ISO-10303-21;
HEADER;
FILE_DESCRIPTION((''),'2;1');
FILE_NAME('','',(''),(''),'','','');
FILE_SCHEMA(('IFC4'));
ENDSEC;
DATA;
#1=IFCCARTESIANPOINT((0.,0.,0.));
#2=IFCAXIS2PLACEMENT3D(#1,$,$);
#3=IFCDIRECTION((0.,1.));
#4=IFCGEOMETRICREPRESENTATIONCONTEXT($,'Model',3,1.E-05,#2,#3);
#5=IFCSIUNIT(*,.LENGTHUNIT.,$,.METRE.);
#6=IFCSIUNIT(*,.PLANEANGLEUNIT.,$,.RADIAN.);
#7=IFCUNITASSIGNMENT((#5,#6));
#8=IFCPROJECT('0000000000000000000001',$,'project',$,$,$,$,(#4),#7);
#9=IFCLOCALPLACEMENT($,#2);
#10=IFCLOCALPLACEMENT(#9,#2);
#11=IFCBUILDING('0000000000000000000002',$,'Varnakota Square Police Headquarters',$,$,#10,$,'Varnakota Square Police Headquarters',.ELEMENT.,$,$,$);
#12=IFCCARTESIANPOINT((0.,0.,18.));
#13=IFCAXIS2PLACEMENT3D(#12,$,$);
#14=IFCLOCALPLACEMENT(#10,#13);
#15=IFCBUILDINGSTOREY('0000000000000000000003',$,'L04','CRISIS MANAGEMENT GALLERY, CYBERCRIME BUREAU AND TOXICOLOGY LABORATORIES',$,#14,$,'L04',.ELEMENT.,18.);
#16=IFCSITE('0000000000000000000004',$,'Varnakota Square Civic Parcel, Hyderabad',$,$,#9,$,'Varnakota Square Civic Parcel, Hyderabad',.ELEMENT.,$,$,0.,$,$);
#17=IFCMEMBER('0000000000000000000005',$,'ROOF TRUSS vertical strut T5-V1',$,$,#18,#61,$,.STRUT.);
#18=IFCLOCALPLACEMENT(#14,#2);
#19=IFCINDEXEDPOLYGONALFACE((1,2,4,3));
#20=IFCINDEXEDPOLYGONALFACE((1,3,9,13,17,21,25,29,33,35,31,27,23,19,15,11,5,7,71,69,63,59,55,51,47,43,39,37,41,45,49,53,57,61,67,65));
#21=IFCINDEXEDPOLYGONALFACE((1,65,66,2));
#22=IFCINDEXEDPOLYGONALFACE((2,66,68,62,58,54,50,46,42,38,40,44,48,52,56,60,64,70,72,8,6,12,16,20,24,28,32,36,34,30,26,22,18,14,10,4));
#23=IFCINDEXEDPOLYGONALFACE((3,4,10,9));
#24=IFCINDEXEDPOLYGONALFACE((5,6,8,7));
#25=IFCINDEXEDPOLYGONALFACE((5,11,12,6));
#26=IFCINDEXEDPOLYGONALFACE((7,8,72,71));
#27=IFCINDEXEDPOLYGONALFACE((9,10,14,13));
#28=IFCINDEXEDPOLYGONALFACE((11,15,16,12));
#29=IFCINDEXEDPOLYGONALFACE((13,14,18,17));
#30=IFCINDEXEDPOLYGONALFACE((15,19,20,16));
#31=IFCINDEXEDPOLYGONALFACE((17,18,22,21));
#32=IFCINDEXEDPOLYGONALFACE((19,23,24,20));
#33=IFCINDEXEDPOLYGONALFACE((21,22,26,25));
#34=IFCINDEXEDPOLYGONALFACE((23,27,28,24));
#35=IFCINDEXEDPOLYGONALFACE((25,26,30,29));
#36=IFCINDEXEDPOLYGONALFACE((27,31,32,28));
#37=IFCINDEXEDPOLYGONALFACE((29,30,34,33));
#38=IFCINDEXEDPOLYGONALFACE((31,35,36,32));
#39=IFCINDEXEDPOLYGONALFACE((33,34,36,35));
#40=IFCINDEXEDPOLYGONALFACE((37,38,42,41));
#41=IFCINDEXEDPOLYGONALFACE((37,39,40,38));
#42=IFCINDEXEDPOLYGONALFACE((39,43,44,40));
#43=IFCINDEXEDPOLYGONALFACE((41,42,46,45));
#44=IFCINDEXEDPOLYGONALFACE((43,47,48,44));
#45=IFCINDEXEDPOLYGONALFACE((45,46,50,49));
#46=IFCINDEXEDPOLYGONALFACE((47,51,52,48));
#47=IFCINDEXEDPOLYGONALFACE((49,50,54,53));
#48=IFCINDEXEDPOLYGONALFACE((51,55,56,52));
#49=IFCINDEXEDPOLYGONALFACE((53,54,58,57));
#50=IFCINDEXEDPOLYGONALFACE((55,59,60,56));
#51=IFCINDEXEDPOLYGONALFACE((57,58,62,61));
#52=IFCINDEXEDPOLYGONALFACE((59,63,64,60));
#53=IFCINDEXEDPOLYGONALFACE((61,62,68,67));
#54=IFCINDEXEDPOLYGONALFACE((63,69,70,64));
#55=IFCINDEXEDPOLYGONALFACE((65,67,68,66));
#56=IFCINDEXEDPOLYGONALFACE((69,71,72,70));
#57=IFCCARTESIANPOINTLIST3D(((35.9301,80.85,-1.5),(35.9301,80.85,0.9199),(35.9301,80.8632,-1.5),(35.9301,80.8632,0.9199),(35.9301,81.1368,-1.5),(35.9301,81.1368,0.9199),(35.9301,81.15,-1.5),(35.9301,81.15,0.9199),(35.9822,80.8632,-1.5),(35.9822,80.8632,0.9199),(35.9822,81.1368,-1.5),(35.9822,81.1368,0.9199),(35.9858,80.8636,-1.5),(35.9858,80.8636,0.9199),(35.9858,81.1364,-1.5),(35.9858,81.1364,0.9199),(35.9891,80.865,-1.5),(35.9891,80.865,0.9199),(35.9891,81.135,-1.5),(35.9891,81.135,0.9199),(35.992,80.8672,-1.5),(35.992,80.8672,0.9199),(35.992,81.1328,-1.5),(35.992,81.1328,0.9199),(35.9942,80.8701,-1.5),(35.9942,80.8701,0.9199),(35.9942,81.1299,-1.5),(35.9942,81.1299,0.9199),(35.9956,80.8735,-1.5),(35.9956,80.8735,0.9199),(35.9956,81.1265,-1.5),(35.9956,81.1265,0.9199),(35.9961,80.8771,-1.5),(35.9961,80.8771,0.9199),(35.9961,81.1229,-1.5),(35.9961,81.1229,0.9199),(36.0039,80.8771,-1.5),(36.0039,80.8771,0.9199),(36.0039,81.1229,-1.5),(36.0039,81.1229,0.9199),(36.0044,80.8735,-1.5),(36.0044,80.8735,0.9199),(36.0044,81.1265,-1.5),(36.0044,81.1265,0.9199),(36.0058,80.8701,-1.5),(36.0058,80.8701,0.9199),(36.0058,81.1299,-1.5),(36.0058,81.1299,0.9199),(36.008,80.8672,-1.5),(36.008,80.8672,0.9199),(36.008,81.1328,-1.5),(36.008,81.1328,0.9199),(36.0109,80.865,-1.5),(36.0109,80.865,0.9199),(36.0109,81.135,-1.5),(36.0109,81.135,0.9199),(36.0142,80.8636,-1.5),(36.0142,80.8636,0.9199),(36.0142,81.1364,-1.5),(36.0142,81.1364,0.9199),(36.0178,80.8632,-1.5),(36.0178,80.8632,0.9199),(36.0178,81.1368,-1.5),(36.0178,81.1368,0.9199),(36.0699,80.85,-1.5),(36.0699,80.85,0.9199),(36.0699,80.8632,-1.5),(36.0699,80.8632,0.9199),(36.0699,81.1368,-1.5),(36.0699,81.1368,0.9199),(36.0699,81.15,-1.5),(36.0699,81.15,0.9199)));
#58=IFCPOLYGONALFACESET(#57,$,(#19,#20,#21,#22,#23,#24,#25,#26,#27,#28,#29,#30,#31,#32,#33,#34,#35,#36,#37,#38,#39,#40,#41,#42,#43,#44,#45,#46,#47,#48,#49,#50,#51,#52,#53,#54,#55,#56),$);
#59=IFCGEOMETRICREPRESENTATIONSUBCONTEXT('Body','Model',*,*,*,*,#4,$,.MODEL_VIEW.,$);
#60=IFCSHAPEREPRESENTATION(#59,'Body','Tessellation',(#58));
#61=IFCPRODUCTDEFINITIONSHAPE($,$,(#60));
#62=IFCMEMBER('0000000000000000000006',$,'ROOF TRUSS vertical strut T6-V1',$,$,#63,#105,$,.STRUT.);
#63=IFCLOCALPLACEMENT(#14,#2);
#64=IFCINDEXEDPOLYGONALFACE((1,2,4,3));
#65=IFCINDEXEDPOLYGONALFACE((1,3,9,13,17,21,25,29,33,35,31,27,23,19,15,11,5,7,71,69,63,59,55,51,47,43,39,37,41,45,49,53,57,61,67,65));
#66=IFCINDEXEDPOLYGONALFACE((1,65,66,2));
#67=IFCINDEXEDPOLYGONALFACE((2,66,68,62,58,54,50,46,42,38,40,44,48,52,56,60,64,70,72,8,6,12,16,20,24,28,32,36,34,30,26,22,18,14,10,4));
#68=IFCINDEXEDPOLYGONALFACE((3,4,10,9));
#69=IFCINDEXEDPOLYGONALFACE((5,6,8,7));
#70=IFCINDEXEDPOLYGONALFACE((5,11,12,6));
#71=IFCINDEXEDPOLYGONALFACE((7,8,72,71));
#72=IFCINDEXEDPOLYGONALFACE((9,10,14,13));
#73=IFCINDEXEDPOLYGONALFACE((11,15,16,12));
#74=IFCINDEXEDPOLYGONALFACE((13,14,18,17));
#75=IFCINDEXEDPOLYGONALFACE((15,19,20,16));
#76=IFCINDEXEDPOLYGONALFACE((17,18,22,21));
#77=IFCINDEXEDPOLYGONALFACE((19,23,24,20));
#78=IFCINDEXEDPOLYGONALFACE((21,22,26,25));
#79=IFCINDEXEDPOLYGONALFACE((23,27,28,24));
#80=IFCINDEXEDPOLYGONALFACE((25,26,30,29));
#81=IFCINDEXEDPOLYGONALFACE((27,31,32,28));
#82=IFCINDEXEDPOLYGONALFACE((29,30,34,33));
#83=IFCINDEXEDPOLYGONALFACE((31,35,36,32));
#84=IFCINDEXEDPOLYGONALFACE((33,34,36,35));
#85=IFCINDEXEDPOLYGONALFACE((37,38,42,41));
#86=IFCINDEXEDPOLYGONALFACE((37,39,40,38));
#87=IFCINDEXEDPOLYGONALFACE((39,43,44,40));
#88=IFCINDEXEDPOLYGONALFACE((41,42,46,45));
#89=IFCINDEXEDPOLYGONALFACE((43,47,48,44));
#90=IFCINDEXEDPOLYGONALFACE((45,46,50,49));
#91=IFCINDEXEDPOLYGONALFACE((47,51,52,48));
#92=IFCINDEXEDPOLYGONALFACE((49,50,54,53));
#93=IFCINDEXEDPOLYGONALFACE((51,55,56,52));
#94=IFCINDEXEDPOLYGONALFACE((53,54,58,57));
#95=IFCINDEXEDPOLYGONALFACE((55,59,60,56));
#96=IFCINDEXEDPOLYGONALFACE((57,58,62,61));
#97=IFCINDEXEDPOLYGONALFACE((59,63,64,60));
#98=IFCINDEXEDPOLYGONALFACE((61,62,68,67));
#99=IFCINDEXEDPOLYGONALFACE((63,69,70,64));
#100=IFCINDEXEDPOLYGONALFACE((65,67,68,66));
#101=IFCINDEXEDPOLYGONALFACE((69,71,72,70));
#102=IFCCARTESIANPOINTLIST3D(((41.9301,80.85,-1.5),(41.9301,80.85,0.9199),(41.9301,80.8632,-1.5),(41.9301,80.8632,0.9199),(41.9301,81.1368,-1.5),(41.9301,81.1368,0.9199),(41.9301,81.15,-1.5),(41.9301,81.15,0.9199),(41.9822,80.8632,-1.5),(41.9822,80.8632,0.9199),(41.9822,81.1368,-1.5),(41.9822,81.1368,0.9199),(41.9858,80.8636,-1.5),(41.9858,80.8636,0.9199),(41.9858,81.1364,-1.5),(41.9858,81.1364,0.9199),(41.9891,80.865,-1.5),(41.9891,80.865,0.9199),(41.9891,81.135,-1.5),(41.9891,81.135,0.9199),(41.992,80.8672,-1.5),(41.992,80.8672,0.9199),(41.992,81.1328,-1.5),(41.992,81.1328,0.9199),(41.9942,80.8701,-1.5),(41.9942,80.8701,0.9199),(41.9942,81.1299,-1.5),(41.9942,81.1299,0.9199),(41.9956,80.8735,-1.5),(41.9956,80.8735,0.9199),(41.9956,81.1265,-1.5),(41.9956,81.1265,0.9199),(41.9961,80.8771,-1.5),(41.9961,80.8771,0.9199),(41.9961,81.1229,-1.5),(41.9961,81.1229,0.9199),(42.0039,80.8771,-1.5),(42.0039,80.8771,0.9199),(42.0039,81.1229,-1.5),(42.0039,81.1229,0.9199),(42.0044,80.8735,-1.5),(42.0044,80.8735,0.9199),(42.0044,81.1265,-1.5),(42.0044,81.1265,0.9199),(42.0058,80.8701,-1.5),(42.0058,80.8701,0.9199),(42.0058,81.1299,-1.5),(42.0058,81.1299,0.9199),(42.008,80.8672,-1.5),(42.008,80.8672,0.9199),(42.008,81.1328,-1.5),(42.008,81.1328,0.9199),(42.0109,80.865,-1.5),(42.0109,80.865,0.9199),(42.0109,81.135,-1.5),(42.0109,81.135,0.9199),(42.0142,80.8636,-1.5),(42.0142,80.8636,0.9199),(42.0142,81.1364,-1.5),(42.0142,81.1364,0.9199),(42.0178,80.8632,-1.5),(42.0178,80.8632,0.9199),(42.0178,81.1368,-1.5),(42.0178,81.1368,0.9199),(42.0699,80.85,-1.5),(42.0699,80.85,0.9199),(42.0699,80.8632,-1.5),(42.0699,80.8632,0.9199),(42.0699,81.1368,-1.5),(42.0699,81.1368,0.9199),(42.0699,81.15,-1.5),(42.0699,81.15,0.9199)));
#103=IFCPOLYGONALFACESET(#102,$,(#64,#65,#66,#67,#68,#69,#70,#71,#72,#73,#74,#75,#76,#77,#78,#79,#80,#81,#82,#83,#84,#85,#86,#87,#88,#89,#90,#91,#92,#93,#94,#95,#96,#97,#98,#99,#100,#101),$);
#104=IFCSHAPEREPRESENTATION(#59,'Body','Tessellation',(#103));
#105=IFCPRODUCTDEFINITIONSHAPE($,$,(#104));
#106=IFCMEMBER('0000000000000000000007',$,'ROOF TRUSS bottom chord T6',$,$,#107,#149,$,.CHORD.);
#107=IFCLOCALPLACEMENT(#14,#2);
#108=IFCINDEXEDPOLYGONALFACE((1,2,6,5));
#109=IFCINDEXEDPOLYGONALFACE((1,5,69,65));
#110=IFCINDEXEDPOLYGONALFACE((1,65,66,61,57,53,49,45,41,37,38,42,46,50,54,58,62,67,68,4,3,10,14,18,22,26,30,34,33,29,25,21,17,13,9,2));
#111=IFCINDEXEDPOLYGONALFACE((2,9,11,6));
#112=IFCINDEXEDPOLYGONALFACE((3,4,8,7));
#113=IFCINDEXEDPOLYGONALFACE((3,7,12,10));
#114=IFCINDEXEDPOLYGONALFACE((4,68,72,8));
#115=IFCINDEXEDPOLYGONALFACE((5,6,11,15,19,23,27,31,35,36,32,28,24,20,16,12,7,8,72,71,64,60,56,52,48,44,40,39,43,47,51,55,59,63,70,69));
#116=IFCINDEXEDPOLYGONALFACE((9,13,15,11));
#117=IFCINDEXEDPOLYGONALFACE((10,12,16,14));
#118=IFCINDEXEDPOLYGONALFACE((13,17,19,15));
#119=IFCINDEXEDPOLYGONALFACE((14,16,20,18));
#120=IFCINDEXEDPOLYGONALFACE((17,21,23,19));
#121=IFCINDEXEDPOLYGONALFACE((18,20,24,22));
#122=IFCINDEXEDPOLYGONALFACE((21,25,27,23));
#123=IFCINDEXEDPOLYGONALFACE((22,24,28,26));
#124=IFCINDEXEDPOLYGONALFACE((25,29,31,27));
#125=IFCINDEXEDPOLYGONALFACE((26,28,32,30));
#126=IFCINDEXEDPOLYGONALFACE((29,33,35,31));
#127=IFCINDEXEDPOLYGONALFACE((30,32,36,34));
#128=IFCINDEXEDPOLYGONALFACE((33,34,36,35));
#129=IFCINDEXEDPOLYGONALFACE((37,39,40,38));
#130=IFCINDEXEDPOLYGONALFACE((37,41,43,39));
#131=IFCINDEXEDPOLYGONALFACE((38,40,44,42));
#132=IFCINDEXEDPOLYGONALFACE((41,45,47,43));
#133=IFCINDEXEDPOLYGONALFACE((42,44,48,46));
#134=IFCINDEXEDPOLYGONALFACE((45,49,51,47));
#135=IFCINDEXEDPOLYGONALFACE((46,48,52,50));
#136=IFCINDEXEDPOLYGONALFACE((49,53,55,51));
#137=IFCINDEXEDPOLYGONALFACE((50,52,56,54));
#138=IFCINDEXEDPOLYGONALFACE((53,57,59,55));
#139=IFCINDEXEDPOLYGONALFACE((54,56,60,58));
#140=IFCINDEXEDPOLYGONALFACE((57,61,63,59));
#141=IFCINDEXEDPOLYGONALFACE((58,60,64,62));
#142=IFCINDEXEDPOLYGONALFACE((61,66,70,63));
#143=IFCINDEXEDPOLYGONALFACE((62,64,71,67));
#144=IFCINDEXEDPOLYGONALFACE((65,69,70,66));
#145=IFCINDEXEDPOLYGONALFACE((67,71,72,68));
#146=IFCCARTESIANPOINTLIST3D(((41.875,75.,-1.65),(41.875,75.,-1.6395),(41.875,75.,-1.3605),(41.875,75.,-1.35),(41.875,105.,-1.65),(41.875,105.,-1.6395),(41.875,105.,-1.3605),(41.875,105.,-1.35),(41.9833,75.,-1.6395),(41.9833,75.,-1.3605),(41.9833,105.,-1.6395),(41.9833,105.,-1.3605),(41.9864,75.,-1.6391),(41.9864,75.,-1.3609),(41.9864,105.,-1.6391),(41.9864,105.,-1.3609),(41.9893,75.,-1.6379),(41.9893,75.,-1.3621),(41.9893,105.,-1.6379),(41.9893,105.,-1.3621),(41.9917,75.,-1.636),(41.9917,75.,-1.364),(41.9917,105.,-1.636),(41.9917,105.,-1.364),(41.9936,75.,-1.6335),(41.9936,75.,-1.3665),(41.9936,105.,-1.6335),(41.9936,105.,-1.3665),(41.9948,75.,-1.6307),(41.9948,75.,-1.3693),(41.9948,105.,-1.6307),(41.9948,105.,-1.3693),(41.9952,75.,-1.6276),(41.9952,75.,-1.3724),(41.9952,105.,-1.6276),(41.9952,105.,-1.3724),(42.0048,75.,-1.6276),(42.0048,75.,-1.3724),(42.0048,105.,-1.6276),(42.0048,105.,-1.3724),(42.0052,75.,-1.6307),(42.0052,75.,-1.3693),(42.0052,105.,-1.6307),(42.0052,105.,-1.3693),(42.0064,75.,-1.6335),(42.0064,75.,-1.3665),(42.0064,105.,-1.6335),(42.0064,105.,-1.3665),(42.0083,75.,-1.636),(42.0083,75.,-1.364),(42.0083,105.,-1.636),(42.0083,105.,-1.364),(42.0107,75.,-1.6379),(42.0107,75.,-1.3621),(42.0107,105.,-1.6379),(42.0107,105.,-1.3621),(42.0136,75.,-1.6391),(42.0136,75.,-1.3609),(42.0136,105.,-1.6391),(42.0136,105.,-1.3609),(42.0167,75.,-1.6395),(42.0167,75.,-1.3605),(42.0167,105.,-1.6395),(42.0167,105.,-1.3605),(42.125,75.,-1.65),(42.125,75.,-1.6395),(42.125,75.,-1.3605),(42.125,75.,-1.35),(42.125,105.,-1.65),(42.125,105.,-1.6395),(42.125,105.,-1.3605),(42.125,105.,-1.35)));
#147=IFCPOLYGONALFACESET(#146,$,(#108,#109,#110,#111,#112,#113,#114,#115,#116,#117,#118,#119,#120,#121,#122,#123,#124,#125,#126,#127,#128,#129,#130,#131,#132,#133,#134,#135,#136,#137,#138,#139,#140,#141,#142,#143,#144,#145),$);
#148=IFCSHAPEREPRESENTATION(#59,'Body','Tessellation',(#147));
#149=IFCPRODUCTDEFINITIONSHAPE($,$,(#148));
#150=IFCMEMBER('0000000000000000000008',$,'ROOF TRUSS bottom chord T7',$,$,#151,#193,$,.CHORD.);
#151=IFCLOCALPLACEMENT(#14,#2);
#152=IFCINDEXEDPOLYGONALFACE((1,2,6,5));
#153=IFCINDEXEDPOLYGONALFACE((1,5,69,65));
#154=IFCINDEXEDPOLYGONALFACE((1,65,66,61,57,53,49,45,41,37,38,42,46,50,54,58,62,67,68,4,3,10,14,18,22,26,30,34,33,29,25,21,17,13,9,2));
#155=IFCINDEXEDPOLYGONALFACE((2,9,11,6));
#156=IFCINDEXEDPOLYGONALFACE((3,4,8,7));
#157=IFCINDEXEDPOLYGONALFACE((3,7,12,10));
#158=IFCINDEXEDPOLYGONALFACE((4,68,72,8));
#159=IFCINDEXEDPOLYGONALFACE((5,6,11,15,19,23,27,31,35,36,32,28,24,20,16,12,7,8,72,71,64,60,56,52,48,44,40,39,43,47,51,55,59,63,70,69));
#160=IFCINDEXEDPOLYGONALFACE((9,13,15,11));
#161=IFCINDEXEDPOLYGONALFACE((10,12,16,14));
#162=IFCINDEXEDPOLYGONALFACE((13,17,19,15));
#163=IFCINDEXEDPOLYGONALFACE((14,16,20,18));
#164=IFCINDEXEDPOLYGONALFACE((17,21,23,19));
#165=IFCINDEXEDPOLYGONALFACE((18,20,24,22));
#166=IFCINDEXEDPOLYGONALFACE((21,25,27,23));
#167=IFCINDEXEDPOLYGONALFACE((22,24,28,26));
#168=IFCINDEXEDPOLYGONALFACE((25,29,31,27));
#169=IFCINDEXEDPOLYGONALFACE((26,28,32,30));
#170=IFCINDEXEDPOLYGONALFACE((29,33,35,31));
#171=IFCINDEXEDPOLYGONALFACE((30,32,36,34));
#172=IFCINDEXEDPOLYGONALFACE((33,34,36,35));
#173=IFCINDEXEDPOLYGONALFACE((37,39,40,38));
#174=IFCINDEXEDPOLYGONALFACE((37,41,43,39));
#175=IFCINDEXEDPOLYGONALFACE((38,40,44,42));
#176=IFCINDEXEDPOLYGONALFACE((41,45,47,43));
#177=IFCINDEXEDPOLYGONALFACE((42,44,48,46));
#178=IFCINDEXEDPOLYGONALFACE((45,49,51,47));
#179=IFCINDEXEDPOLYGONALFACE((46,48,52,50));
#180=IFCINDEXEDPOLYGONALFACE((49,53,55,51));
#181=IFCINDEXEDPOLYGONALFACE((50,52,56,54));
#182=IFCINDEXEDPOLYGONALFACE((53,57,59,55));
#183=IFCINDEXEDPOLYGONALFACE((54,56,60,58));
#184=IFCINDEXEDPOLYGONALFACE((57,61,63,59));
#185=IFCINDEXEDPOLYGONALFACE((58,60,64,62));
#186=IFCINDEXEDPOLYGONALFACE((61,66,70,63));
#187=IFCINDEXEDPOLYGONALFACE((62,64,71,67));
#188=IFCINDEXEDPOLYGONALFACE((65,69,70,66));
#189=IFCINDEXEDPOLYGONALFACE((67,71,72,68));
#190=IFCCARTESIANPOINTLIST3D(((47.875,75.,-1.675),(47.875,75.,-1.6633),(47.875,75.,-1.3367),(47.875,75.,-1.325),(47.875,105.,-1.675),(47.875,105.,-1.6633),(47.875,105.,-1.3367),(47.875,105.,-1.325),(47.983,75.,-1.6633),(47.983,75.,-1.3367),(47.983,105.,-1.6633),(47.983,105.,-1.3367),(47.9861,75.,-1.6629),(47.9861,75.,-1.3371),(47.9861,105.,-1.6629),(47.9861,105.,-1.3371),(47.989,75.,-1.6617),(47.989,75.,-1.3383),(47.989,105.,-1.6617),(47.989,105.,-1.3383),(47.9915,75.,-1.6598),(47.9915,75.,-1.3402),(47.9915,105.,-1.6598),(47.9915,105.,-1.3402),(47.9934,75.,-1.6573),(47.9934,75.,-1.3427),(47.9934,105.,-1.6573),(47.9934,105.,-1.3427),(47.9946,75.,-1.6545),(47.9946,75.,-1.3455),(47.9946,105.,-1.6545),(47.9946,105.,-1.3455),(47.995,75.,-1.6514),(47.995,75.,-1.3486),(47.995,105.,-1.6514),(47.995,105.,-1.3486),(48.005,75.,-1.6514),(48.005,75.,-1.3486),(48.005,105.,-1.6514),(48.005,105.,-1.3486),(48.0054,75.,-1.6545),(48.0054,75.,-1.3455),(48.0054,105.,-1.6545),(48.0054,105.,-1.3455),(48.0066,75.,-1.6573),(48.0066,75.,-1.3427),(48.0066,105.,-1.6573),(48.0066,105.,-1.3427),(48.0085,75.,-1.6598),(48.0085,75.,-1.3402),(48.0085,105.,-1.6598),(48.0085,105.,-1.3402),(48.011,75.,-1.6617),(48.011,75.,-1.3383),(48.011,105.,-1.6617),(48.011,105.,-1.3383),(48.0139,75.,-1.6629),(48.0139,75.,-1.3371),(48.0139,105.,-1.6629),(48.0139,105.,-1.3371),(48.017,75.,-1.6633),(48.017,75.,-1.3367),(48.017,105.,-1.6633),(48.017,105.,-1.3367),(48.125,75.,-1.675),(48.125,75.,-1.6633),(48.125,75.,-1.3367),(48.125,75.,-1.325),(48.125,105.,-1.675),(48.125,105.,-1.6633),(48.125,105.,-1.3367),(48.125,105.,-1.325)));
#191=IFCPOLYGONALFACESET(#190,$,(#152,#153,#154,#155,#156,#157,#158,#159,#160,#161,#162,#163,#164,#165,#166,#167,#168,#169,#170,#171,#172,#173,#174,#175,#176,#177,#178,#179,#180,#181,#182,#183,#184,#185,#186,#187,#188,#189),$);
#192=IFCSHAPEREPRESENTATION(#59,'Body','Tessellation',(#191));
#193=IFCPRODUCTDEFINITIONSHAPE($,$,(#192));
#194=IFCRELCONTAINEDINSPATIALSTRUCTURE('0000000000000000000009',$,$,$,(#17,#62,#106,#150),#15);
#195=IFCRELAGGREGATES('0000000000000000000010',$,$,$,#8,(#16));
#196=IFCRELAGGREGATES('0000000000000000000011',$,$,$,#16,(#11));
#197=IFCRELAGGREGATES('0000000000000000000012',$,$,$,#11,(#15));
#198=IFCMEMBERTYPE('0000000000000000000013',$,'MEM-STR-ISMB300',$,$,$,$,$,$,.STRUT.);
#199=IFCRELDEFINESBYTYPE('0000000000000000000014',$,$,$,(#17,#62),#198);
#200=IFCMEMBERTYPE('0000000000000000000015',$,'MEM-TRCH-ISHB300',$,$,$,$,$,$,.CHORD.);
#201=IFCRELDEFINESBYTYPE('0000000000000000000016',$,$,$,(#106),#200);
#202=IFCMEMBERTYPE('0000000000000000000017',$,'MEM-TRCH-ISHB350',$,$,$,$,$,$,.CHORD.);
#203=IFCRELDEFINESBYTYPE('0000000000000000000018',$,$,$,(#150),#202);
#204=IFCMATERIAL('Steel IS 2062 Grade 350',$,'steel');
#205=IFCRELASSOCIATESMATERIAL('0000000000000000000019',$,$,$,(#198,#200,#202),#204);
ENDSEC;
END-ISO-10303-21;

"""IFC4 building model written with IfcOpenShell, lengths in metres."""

from ifc_helpers import new_model, si_unit, direction, frame, origin, origin_2d, place, context, subcontext, project, spatial, i_section, extrude, material, material_profile, profile_set, type_object, element, save


model = new_model("IFC4")

# Units and contexts
model_context = context("Model", 3, precision=1e-05, world=origin(), true_north=direction((0.0, 1.0)))
body_context = subcontext(model_context, "Body", "Model", "MODEL_VIEW")
ifc_project = project(units=[si_unit("LENGTHUNIT", "METRE"), si_unit("PLANEANGLEUNIT", "RADIAN")], contexts=[model_context])

# Site, building, storey
site_placement = place(None, origin())
site = spatial("IfcSite", under=ifc_project, at=site_placement, Name="Varnakota Square Civic Parcel, Hyderabad", LongName="Varnakota Square Civic Parcel, Hyderabad", CompositionType="ELEMENT", RefElevation=0.0)
building_placement = place(site_placement, origin())
building = spatial("IfcBuilding", under=site, at=building_placement, Name="Varnakota Square Police Headquarters", LongName="Varnakota Square Police Headquarters", CompositionType="ELEMENT")
storey_placement = place(building_placement, frame((0.0, 0.0, 18.0)))
storey = spatial("IfcBuildingStorey", under=building, at=storey_placement, Name="L04", Description="CRISIS MANAGEMENT GALLERY, CYBERCRIME BUREAU AND TOXICOLOGY LABORATORIES", LongName="L04", CompositionType="ELEMENT", Elevation=18.0)

# Shared definitions
ifc_material_1 = material(Name="Steel IS 2062 Grade 350", Category="steel")

# Members
ifc_material_profile_1 = material_profile(ifc_material_1, i_section(OverallWidth=0.1399, OverallDepth=0.3, WebThickness=0.0078, FlangeThickness=0.0132, FilletRadius=0.0139, at=origin_2d()), Name="ISMB 300")
ifc_profile_set_1 = profile_set([ifc_material_profile_1], Name="Steel IS 2062 Grade 350")
member_type_1 = type_object("IfcMemberType", Name="MEM-STR-ISMB300", PredefinedType="STRUT", material=ifc_profile_set_1)
for number, where, z_axis, x_axis, name in (
    (1, (36.0, 81.0, -1.5), (0.0, 0.0, 1.0), (1.0, 0.0, 0.0), "ROOF TRUSS vertical strut T5-V1"),
    (2, (42.0, 81.0, -1.5), (0.0, 0.0, 1.0), (1.0, 0.0, 0.0), "ROOF TRUSS vertical strut T6-V1"),
):
    element("IfcMember", number, at=place(storey_placement, frame(where, z_axis=z_axis, x_axis=x_axis)), inside=storey, type_object=member_type_1, Name=name, PredefinedType="STRUT", context=body_context, shape_type="SweptSolid", body=[
        extrude(i_section(OverallWidth=0.1399, OverallDepth=0.3, WebThickness=0.0078, FlangeThickness=0.0132, FilletRadius=0.0139, at=origin_2d()), origin(), (0.0, 0.0, 1.0), 2.4199),
    ])
ifc_material_profile_2 = material_profile(ifc_material_1, i_section(OverallWidth=0.25, OverallDepth=0.3, WebThickness=0.0095, FlangeThickness=0.0105, FilletRadius=0.012, at=origin_2d()), Name="ISHB 300")
ifc_profile_set_2 = profile_set([ifc_material_profile_2], Name="Steel IS 2062 Grade 350")
member_type_2 = type_object("IfcMemberType", Name="MEM-TRCH-ISHB300", PredefinedType="CHORD", material=ifc_profile_set_2)
member_1_placement = place(storey_placement, frame((42.0, 75.0, -1.5), z_axis=(0.0, 1.0, 0.0), x_axis=(-1.0, 0.0, 0.0)))
element("IfcMember", 3, at=member_1_placement, inside=storey, type_object=member_type_2, Name="ROOF TRUSS bottom chord T6", PredefinedType="CHORD", context=body_context, shape_type="SweptSolid", body=[
    extrude(i_section(OverallWidth=0.25, OverallDepth=0.3, WebThickness=0.0095, FlangeThickness=0.0105, FilletRadius=0.012, at=origin_2d()), origin(), (0.0, 0.0, 1.0), 30.0),
])
ifc_material_profile_3 = material_profile(ifc_material_1, i_section(OverallWidth=0.25, OverallDepth=0.3501, WebThickness=0.01, FlangeThickness=0.0117, FilletRadius=0.012, at=origin_2d()), Name="ISHB 350")
ifc_profile_set_3 = profile_set([ifc_material_profile_3], Name="Steel IS 2062 Grade 350")
member_type_3 = type_object("IfcMemberType", Name="MEM-TRCH-ISHB350", PredefinedType="CHORD", material=ifc_profile_set_3)
member_2_placement = place(storey_placement, frame((48.0, 75.0, -1.5), z_axis=(0.0, 1.0, 0.0), x_axis=(-1.0, 0.0, 0.0)))
element("IfcMember", 4, at=member_2_placement, inside=storey, type_object=member_type_3, Name="ROOF TRUSS bottom chord T7", PredefinedType="CHORD", context=body_context, shape_type="SweptSolid", body=[
    extrude(i_section(OverallWidth=0.25, OverallDepth=0.3501, WebThickness=0.01, FlangeThickness=0.0117, FilletRadius=0.012, at=origin_2d()), origin(), (0.0, 0.0, 1.0), 30.0),
])

save(model, "model.ifc")
